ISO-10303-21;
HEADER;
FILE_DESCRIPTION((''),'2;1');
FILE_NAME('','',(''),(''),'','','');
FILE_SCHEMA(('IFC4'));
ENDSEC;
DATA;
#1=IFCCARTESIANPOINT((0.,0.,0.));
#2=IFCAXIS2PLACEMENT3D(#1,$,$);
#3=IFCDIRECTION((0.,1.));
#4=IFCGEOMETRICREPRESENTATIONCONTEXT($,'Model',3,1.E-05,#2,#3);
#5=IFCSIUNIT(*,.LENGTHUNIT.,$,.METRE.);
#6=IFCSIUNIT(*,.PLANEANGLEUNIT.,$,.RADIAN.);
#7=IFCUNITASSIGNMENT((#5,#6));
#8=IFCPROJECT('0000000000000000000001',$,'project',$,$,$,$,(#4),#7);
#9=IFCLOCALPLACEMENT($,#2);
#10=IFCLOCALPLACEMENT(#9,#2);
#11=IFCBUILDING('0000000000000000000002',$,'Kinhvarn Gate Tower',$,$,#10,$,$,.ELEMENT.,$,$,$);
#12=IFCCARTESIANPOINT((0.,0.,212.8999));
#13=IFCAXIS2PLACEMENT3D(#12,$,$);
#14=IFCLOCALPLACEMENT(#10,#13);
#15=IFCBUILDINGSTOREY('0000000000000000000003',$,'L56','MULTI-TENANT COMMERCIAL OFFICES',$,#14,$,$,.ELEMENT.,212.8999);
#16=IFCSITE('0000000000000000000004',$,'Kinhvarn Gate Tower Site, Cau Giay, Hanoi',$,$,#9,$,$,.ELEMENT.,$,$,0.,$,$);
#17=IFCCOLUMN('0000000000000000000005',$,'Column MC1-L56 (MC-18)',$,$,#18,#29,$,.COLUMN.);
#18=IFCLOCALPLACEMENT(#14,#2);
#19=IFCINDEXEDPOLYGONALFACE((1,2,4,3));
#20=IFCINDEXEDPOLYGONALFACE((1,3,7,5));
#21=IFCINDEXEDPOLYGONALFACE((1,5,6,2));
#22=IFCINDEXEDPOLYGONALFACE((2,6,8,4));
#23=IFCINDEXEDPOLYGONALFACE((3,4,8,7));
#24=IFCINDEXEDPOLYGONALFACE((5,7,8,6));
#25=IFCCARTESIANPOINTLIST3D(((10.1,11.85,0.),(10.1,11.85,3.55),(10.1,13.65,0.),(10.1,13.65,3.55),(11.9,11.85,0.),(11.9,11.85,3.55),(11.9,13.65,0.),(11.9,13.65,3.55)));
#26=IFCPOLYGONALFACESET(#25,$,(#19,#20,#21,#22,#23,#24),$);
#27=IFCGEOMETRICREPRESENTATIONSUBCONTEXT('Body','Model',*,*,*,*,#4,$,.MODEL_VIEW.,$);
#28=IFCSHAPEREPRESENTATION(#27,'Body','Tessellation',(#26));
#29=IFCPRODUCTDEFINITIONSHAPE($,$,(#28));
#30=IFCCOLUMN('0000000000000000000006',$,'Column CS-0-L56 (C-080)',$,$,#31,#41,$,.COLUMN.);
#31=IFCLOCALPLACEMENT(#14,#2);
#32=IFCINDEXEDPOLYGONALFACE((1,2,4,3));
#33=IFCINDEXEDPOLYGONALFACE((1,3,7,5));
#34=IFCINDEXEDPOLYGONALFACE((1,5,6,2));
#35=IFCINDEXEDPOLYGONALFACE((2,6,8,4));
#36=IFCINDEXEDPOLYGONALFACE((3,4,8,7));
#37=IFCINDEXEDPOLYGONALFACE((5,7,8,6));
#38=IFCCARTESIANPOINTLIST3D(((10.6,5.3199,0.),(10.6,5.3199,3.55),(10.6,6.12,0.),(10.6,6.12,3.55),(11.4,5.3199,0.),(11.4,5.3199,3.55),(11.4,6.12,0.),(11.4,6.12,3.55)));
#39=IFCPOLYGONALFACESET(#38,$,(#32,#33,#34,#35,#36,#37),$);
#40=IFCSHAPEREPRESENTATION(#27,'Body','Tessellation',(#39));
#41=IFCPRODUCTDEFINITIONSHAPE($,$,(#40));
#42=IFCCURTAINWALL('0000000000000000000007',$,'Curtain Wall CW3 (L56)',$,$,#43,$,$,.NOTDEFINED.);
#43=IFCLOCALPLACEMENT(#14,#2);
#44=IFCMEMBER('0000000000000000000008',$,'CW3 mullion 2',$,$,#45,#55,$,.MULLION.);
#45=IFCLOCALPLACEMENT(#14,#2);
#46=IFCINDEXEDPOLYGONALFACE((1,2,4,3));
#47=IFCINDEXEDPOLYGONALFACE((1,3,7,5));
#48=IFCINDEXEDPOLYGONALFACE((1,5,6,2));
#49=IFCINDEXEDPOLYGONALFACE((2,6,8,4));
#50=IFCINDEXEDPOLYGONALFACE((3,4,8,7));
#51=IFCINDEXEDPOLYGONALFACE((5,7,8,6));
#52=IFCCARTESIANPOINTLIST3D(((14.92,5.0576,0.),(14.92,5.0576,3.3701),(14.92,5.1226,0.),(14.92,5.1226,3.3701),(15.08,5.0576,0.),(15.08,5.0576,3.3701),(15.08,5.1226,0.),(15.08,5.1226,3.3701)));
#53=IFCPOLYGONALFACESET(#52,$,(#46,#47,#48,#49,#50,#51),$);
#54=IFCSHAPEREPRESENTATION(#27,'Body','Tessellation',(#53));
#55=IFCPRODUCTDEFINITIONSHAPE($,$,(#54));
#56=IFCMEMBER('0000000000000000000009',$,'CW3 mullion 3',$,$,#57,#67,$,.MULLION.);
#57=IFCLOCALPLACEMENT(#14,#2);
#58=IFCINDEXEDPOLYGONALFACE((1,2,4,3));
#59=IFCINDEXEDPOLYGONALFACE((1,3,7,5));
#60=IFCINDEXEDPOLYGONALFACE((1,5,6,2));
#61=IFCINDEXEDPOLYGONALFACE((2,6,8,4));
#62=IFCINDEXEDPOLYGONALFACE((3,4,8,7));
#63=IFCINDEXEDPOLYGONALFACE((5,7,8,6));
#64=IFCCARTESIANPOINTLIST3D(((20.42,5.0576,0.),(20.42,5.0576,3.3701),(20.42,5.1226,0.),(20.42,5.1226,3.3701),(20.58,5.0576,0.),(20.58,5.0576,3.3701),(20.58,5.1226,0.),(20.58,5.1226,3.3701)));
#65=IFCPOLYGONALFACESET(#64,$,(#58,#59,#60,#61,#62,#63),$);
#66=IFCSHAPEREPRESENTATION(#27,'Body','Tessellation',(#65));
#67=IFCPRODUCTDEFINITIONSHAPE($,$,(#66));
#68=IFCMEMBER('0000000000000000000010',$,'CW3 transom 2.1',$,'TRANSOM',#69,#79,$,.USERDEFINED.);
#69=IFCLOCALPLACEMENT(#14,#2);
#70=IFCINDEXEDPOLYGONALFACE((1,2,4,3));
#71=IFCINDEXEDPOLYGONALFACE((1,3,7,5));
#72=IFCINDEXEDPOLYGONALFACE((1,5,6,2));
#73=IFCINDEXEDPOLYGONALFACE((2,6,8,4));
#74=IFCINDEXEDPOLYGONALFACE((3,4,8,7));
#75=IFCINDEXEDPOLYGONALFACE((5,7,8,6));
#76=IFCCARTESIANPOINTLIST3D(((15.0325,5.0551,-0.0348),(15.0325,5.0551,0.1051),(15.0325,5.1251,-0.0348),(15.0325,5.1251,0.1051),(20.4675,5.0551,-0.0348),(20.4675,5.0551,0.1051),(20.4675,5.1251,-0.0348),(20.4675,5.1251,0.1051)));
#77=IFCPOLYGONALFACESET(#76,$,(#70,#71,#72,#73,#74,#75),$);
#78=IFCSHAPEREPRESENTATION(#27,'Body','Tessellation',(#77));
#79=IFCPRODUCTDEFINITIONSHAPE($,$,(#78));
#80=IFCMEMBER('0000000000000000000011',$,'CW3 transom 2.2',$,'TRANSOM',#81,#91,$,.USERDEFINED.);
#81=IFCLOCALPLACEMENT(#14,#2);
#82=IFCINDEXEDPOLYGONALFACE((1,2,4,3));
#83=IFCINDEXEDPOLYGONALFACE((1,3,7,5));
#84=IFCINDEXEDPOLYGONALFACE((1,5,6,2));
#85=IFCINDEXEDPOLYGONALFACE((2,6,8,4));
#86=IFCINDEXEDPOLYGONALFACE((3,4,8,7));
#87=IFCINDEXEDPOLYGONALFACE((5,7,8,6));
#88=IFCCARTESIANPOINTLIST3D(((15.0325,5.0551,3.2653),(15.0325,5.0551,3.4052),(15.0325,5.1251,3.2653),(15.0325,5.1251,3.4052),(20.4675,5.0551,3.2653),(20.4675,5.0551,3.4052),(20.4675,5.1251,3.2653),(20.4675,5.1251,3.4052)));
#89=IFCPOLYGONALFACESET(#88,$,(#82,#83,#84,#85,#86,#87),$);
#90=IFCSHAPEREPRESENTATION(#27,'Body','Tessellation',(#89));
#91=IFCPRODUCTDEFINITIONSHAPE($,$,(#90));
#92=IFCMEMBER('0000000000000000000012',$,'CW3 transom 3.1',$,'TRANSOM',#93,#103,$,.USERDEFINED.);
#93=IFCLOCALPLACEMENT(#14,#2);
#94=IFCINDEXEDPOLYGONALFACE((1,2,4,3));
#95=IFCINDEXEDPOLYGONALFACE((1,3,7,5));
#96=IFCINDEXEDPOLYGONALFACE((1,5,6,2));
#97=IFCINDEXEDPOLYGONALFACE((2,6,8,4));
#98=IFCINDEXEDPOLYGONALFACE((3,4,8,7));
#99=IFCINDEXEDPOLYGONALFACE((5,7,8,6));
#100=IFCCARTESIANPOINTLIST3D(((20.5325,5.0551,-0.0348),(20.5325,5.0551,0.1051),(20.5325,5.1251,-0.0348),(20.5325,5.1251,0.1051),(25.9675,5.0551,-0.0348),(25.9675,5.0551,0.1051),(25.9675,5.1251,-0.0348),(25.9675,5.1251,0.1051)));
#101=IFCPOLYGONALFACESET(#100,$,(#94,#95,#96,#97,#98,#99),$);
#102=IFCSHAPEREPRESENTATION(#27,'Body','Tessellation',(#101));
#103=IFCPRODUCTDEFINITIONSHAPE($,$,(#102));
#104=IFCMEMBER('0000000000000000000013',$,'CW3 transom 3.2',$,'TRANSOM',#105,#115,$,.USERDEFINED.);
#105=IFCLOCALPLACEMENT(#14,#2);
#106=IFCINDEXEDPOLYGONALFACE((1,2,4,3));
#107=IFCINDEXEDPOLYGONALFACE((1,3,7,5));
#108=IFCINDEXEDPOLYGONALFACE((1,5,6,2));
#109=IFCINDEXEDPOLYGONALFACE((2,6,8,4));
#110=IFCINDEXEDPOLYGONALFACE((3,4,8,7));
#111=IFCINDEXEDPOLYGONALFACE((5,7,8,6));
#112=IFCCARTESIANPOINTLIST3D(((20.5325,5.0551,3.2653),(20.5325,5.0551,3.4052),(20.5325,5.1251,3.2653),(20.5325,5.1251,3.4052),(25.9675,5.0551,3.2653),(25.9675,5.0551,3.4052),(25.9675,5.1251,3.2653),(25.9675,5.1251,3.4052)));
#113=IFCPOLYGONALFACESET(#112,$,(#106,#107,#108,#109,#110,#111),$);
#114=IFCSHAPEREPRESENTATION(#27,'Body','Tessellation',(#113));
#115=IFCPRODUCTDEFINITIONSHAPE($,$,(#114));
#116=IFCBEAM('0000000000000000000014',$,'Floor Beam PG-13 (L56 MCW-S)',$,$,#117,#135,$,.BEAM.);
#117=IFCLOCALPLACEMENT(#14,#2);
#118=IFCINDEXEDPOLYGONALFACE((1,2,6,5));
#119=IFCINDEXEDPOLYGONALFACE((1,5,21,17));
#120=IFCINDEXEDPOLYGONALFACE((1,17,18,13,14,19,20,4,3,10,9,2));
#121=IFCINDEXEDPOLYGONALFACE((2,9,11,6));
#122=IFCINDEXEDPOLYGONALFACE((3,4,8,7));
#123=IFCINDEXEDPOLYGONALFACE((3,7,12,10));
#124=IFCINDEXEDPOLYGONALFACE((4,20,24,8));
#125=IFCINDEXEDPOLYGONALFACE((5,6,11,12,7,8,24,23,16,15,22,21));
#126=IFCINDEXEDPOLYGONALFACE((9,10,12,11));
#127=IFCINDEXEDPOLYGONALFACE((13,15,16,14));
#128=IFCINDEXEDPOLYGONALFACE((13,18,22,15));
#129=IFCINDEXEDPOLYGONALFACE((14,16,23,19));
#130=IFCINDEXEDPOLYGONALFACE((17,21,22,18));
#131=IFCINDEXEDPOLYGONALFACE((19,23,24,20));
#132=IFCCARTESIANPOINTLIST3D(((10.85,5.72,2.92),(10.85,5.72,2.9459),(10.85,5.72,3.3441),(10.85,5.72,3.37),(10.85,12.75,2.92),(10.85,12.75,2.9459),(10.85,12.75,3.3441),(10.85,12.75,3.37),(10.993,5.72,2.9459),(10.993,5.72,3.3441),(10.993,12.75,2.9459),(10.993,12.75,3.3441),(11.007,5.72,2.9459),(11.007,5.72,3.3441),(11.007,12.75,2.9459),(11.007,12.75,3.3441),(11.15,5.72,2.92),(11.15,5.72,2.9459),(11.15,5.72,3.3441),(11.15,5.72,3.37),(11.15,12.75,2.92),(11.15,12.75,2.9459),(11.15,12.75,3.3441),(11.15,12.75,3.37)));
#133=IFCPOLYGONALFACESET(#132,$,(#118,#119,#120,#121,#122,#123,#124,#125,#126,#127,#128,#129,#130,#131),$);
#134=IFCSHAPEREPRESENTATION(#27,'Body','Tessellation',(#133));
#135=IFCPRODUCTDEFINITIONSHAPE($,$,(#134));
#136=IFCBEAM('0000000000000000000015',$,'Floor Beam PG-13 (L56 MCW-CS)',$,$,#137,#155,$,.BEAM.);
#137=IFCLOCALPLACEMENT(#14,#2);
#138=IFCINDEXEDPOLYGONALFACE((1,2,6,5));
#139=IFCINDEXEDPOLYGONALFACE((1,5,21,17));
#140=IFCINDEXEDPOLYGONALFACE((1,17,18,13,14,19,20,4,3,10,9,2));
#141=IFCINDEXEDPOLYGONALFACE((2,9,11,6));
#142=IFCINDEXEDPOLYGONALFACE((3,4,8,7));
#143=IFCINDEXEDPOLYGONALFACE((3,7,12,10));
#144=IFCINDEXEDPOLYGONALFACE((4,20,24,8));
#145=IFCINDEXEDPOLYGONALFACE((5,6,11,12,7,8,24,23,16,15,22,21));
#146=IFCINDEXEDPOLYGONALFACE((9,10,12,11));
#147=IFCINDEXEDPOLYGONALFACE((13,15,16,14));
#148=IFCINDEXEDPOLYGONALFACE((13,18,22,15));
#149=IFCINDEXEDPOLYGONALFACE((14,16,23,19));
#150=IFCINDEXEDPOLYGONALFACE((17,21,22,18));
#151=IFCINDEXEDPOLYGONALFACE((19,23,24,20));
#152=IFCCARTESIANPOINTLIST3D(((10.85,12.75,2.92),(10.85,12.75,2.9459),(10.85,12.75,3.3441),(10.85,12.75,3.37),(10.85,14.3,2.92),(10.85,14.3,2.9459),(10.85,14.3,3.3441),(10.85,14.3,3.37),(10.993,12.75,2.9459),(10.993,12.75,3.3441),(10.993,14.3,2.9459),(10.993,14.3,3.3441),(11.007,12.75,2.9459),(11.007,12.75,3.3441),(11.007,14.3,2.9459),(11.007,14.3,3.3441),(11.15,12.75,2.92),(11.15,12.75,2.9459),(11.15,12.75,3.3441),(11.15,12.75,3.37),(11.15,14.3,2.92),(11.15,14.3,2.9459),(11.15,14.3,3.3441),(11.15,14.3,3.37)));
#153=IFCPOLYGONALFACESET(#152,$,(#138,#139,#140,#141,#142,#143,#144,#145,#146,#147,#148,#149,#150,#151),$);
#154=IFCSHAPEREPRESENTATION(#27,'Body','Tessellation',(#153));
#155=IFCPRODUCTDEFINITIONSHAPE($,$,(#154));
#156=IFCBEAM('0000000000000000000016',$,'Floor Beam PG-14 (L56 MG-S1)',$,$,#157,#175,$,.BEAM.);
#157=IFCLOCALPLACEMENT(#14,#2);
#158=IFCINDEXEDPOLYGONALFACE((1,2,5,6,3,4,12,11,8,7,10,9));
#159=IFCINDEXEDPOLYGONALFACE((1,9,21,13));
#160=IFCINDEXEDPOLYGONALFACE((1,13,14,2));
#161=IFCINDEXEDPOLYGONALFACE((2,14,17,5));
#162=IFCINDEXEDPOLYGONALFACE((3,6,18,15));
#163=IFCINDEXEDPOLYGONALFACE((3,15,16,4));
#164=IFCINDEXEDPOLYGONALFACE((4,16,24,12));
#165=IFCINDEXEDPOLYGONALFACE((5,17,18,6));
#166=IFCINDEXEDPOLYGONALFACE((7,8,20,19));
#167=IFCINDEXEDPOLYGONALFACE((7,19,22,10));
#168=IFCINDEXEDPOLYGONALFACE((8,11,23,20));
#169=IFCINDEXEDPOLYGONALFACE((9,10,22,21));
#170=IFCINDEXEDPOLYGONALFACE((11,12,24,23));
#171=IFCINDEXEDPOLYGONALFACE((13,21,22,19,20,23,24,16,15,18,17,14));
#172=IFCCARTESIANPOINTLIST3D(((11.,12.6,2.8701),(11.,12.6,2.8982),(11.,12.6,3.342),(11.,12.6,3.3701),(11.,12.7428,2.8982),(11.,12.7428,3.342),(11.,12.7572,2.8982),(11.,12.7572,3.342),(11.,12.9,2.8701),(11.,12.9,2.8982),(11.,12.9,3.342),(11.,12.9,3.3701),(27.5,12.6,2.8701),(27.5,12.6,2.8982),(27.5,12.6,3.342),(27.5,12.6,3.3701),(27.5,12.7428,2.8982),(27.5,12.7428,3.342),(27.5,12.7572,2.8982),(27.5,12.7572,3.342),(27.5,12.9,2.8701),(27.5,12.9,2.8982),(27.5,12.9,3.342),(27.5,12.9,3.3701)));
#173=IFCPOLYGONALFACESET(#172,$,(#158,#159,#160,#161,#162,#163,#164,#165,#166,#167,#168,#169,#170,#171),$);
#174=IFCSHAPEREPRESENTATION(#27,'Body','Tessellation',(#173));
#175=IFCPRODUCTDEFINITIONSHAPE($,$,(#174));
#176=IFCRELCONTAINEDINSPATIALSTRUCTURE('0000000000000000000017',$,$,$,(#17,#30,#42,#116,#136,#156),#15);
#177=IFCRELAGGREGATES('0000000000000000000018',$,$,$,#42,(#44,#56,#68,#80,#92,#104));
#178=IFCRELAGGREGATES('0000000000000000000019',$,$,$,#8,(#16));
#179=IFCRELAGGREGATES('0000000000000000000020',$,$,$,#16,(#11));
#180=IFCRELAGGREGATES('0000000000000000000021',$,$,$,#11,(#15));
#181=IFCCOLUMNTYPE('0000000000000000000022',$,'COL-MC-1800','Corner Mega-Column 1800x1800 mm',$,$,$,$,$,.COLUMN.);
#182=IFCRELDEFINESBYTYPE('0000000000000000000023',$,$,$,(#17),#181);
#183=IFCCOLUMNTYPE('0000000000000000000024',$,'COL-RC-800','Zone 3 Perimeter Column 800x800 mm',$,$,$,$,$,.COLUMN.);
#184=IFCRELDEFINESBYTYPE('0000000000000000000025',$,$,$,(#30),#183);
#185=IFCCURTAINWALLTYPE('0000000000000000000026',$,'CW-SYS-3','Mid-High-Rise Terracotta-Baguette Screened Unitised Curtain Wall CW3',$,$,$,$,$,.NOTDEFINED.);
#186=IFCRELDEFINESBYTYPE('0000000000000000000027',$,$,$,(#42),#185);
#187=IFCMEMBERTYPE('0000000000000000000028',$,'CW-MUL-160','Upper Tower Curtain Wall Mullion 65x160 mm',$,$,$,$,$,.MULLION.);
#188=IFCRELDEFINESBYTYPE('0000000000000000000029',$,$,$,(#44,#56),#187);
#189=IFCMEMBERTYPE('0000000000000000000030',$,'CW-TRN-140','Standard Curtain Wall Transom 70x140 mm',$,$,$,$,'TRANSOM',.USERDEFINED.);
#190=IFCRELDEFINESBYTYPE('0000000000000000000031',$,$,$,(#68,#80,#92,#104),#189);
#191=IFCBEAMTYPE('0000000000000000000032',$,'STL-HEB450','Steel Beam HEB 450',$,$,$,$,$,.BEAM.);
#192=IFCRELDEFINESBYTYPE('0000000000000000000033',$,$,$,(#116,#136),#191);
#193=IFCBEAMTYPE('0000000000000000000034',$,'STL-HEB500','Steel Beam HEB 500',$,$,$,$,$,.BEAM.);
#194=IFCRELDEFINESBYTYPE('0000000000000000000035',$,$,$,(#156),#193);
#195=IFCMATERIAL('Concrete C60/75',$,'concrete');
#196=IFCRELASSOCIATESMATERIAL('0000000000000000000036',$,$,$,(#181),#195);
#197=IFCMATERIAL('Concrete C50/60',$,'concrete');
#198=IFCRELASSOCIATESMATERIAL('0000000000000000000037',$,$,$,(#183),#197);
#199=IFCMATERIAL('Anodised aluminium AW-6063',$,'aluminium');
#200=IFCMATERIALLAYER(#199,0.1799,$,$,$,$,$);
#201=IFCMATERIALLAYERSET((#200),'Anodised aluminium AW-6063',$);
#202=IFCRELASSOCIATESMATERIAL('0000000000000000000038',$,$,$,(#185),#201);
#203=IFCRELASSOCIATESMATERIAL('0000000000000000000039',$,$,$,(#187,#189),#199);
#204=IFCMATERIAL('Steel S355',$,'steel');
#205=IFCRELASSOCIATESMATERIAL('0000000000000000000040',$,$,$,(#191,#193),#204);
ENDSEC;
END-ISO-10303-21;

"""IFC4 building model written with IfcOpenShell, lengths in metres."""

from ifc_helpers import new_model, si_unit, direction, frame, origin, origin_2d, place, context, subcontext, project, spatial, rectangle, i_section, extrude, material, layer, layer_set, material_profile, profile_set, type_object, element, aggregate, save


model = new_model("IFC4")

# Units and contexts
model_context = context("Model", 3, precision=1e-05, world=origin(), true_north=direction((0.0, 1.0)))
body_context = subcontext(model_context, "Body", "Model", "MODEL_VIEW")
ifc_project = project(units=[si_unit("LENGTHUNIT", "METRE"), si_unit("PLANEANGLEUNIT", "RADIAN")], contexts=[model_context])

# Site, building, storey
site_placement = place(None, origin())
site = spatial("IfcSite", under=ifc_project, at=site_placement, Name="Kinhvarn Gate Tower Site, Cau Giay, Hanoi", CompositionType="ELEMENT", RefElevation=0.0)
building_placement = place(site_placement, origin())
building = spatial("IfcBuilding", under=site, at=building_placement, Name="Kinhvarn Gate Tower", CompositionType="ELEMENT")
storey_placement = place(building_placement, frame((0.0, 0.0, 212.8999)))
storey = spatial("IfcBuildingStorey", under=building, at=storey_placement, Name="L56", Description="MULTI-TENANT COMMERCIAL OFFICES", CompositionType="ELEMENT", Elevation=212.8999)

# Columns
ifc_material_1 = material(Name="Concrete C60/75", Category="concrete")
ifc_material_profile_1 = material_profile(ifc_material_1, rectangle(XDim=1.8, YDim=1.8, at=origin_2d()), Name="RC 1800x1800")
ifc_profile_set_1 = profile_set([ifc_material_profile_1], Name="Concrete C60/75")
column_type_1 = type_object("IfcColumnType", Name="COL-MC-1800", Description="Corner Mega-Column 1800x1800 mm", PredefinedType="COLUMN", material=ifc_profile_set_1)
column_1_placement = place(storey_placement, frame((11.0, 12.75, 0.0), z_axis=(0.0, 0.0, 1.0), x_axis=(1.0, 0.0, 0.0)))
element("IfcColumn", 1, at=column_1_placement, inside=storey, type_object=column_type_1, Name="Column MC1-L56 (MC-18)", PredefinedType="COLUMN", context=body_context, shape_type="SweptSolid", body=[
    extrude(rectangle(XDim=1.8, YDim=1.8, at=origin_2d()), origin(), (0.0, 0.0, 1.0), 3.55),
])
ifc_material_2 = material(Name="Concrete C50/60", Category="concrete")
ifc_material_profile_2 = material_profile(ifc_material_2, rectangle(XDim=0.8, YDim=0.8, at=origin_2d()), Name="RC 800x800")
ifc_profile_set_2 = profile_set([ifc_material_profile_2], Name="Concrete C50/60")
column_type_2 = type_object("IfcColumnType", Name="COL-RC-800", Description="Zone 3 Perimeter Column 800x800 mm", PredefinedType="COLUMN", material=ifc_profile_set_2)
column_2_placement = place(storey_placement, frame((11.0, 5.72, 0.0), z_axis=(0.0, 0.0, 1.0), x_axis=(1.0, 0.0, 0.0)))
element("IfcColumn", 2, at=column_2_placement, inside=storey, type_object=column_type_2, Name="Column CS-0-L56 (C-080)", PredefinedType="COLUMN", context=body_context, shape_type="SweptSolid", body=[
    extrude(rectangle(XDim=0.8, YDim=0.8, at=origin_2d()), origin(), (0.0, 0.0, 1.0), 3.55),
])

# Curtain wall, members
ifc_material_3 = material(Name="Anodised aluminium AW-6063", Category="aluminium")
ifc_layer_1 = layer(ifc_material_3, 0.1799)
ifc_layer_set_1 = layer_set([ifc_layer_1], Name="Anodised aluminium AW-6063")
curtain_wall_type = type_object("IfcCurtainWallType", Name="CW-SYS-3", Description="Mid-High-Rise Terracotta-Baguette Screened Unitised Curtain Wall CW3", PredefinedType="NOTDEFINED", material=ifc_layer_set_1)
curtain_wall_placement = place(storey_placement, origin())
curtain_wall = element("IfcCurtainWall", 3, at=curtain_wall_placement, inside=storey, type_object=curtain_wall_type, Name="Curtain Wall CW3 (L56)", PredefinedType="NOTDEFINED")
ifc_material_profile_3 = material_profile(ifc_material_3, rectangle(XDim=0.0649, YDim=0.1599, at=origin_2d()), Name="ALU 65x160")
ifc_profile_set_3 = profile_set([ifc_material_profile_3], Name="Anodised aluminium AW-6063")
member_type_1 = type_object("IfcMemberType", Name="CW-MUL-160", Description="Upper Tower Curtain Wall Mullion 65x160 mm", PredefinedType="MULLION", material=ifc_profile_set_3)
member_1_placement = place(storey_placement, frame((15.0, 5.0901, 0.0), z_axis=(0.0, 0.0, 1.0), x_axis=(0.0, 1.0, 0.0)))
member_1 = element("IfcMember", 4, at=member_1_placement, type_object=member_type_1, Name="CW3 mullion 2", PredefinedType="MULLION", context=body_context, shape_type="SweptSolid", body=[
    extrude(rectangle(XDim=0.0649, YDim=0.1599, at=origin_2d()), origin(), (0.0, 0.0, 1.0), 3.3701),
])
member_2_placement = place(storey_placement, frame((20.5, 5.0901, 0.0), z_axis=(0.0, 0.0, 1.0), x_axis=(0.0, 1.0, 0.0)))
member_2 = element("IfcMember", 5, at=member_2_placement, type_object=member_type_1, Name="CW3 mullion 3", PredefinedType="MULLION", context=body_context, shape_type="SweptSolid", body=[
    extrude(rectangle(XDim=0.0649, YDim=0.1599, at=origin_2d()), origin(), (0.0, 0.0, 1.0), 3.3701),
])
ifc_material_profile_4 = material_profile(ifc_material_3, rectangle(XDim=0.0701, YDim=0.1399, at=origin_2d()), Name="ALU 70x140")
ifc_profile_set_4 = profile_set([ifc_material_profile_4], Name="Anodised aluminium AW-6063")
member_type_2 = type_object("IfcMemberType", Name="CW-TRN-140", Description="Standard Curtain Wall Transom 70x140 mm", ElementType="TRANSOM", PredefinedType="USERDEFINED", material=ifc_profile_set_4)
member_3_placement = place(storey_placement, frame((15.0325, 5.0901, 0.0352), z_axis=(1.0, 0.0, 0.0), x_axis=(0.0, 1.0, 0.0)))
member_3 = element("IfcMember", 6, at=member_3_placement, type_object=member_type_2, Name="CW3 transom 2.1", ObjectType="TRANSOM", PredefinedType="USERDEFINED", context=body_context, shape_type="SweptSolid", body=[
    extrude(rectangle(XDim=0.0701, YDim=0.1399, at=origin_2d()), origin(), (0.0, 0.0, 1.0), 5.4351),
])
member_4_placement = place(storey_placement, frame((15.0325, 5.0901, 3.3352), z_axis=(1.0, 0.0, 0.0), x_axis=(0.0, 1.0, 0.0)))
member_4 = element("IfcMember", 7, at=member_4_placement, type_object=member_type_2, Name="CW3 transom 2.2", ObjectType="TRANSOM", PredefinedType="USERDEFINED", context=body_context, shape_type="SweptSolid", body=[
    extrude(rectangle(XDim=0.0701, YDim=0.1399, at=origin_2d()), origin(), (0.0, 0.0, 1.0), 5.4351),
])
member_5_placement = place(storey_placement, frame((20.5325, 5.0901, 0.0352), z_axis=(1.0, 0.0, 0.0), x_axis=(0.0, 1.0, 0.0)))
member_5 = element("IfcMember", 8, at=member_5_placement, type_object=member_type_2, Name="CW3 transom 3.1", ObjectType="TRANSOM", PredefinedType="USERDEFINED", context=body_context, shape_type="SweptSolid", body=[
    extrude(rectangle(XDim=0.0701, YDim=0.1399, at=origin_2d()), origin(), (0.0, 0.0, 1.0), 5.4351),
])
member_6_placement = place(storey_placement, frame((20.5325, 5.0901, 3.3352), z_axis=(1.0, 0.0, 0.0), x_axis=(0.0, 1.0, 0.0)))
member_6 = element("IfcMember", 9, at=member_6_placement, type_object=member_type_2, Name="CW3 transom 3.2", ObjectType="TRANSOM", PredefinedType="USERDEFINED", context=body_context, shape_type="SweptSolid", body=[
    extrude(rectangle(XDim=0.0701, YDim=0.1399, at=origin_2d()), origin(), (0.0, 0.0, 1.0), 5.4351),
])

# Beams
ifc_material_4 = material(Name="Steel S355", Category="steel")
ifc_material_profile_5 = material_profile(ifc_material_4, i_section(OverallWidth=0.3, OverallDepth=0.45, WebThickness=0.0139, FlangeThickness=0.0259, at=origin_2d()), Name="HEB 450")
ifc_profile_set_5 = profile_set([ifc_material_profile_5], Name="Steel S355")
beam_type_1 = type_object("IfcBeamType", Name="STL-HEB450", Description="Steel Beam HEB 450", PredefinedType="BEAM", material=ifc_profile_set_5)
beam_1_placement = place(storey_placement, frame((11.0, 5.72, 3.145), z_axis=(0.0, 1.0, 0.0), x_axis=(-1.0, 0.0, 0.0)))
element("IfcBeam", 10, at=beam_1_placement, inside=storey, type_object=beam_type_1, Name="Floor Beam PG-13 (L56 MCW-S)", PredefinedType="BEAM", context=body_context, shape_type="SweptSolid", body=[
    extrude(i_section(OverallWidth=0.3, OverallDepth=0.45, WebThickness=0.0139, FlangeThickness=0.0259, at=origin_2d()), origin(), (0.0, 0.0, 1.0), 7.03),
])
beam_2_placement = place(storey_placement, frame((11.0, 12.75, 3.145), z_axis=(0.0, 1.0, 0.0), x_axis=(-1.0, 0.0, 0.0)))
element("IfcBeam", 11, at=beam_2_placement, inside=storey, type_object=beam_type_1, Name="Floor Beam PG-13 (L56 MCW-CS)", PredefinedType="BEAM", context=body_context, shape_type="SweptSolid", body=[
    extrude(i_section(OverallWidth=0.3, OverallDepth=0.45, WebThickness=0.0139, FlangeThickness=0.0259, at=origin_2d()), origin(), (0.0, 0.0, 1.0), 1.55),
])
ifc_material_profile_6 = material_profile(ifc_material_4, i_section(OverallWidth=0.3, OverallDepth=0.5, WebThickness=0.0144, FlangeThickness=0.0281, at=origin_2d()), Name="HEB 500")
ifc_profile_set_6 = profile_set([ifc_material_profile_6], Name="Steel S355")
beam_type_2 = type_object("IfcBeamType", Name="STL-HEB500", Description="Steel Beam HEB 500", PredefinedType="BEAM", material=ifc_profile_set_6)
beam_3_placement = place(storey_placement, frame((11.0, 12.75, 3.1201), z_axis=(1.0, 0.0, 0.0), x_axis=(0.0, 1.0, 0.0)))
element("IfcBeam", 12, at=beam_3_placement, inside=storey, type_object=beam_type_2, Name="Floor Beam PG-14 (L56 MG-S1)", PredefinedType="BEAM", context=body_context, shape_type="SweptSolid", body=[
    extrude(i_section(OverallWidth=0.3, OverallDepth=0.5, WebThickness=0.0144, FlangeThickness=0.0281, at=origin_2d()), origin(), (0.0, 0.0, 1.0), 16.5),
])

aggregate(curtain_wall, [member_1, member_2, member_3, member_4, member_5, member_6])

save(model, "model.ifc")
